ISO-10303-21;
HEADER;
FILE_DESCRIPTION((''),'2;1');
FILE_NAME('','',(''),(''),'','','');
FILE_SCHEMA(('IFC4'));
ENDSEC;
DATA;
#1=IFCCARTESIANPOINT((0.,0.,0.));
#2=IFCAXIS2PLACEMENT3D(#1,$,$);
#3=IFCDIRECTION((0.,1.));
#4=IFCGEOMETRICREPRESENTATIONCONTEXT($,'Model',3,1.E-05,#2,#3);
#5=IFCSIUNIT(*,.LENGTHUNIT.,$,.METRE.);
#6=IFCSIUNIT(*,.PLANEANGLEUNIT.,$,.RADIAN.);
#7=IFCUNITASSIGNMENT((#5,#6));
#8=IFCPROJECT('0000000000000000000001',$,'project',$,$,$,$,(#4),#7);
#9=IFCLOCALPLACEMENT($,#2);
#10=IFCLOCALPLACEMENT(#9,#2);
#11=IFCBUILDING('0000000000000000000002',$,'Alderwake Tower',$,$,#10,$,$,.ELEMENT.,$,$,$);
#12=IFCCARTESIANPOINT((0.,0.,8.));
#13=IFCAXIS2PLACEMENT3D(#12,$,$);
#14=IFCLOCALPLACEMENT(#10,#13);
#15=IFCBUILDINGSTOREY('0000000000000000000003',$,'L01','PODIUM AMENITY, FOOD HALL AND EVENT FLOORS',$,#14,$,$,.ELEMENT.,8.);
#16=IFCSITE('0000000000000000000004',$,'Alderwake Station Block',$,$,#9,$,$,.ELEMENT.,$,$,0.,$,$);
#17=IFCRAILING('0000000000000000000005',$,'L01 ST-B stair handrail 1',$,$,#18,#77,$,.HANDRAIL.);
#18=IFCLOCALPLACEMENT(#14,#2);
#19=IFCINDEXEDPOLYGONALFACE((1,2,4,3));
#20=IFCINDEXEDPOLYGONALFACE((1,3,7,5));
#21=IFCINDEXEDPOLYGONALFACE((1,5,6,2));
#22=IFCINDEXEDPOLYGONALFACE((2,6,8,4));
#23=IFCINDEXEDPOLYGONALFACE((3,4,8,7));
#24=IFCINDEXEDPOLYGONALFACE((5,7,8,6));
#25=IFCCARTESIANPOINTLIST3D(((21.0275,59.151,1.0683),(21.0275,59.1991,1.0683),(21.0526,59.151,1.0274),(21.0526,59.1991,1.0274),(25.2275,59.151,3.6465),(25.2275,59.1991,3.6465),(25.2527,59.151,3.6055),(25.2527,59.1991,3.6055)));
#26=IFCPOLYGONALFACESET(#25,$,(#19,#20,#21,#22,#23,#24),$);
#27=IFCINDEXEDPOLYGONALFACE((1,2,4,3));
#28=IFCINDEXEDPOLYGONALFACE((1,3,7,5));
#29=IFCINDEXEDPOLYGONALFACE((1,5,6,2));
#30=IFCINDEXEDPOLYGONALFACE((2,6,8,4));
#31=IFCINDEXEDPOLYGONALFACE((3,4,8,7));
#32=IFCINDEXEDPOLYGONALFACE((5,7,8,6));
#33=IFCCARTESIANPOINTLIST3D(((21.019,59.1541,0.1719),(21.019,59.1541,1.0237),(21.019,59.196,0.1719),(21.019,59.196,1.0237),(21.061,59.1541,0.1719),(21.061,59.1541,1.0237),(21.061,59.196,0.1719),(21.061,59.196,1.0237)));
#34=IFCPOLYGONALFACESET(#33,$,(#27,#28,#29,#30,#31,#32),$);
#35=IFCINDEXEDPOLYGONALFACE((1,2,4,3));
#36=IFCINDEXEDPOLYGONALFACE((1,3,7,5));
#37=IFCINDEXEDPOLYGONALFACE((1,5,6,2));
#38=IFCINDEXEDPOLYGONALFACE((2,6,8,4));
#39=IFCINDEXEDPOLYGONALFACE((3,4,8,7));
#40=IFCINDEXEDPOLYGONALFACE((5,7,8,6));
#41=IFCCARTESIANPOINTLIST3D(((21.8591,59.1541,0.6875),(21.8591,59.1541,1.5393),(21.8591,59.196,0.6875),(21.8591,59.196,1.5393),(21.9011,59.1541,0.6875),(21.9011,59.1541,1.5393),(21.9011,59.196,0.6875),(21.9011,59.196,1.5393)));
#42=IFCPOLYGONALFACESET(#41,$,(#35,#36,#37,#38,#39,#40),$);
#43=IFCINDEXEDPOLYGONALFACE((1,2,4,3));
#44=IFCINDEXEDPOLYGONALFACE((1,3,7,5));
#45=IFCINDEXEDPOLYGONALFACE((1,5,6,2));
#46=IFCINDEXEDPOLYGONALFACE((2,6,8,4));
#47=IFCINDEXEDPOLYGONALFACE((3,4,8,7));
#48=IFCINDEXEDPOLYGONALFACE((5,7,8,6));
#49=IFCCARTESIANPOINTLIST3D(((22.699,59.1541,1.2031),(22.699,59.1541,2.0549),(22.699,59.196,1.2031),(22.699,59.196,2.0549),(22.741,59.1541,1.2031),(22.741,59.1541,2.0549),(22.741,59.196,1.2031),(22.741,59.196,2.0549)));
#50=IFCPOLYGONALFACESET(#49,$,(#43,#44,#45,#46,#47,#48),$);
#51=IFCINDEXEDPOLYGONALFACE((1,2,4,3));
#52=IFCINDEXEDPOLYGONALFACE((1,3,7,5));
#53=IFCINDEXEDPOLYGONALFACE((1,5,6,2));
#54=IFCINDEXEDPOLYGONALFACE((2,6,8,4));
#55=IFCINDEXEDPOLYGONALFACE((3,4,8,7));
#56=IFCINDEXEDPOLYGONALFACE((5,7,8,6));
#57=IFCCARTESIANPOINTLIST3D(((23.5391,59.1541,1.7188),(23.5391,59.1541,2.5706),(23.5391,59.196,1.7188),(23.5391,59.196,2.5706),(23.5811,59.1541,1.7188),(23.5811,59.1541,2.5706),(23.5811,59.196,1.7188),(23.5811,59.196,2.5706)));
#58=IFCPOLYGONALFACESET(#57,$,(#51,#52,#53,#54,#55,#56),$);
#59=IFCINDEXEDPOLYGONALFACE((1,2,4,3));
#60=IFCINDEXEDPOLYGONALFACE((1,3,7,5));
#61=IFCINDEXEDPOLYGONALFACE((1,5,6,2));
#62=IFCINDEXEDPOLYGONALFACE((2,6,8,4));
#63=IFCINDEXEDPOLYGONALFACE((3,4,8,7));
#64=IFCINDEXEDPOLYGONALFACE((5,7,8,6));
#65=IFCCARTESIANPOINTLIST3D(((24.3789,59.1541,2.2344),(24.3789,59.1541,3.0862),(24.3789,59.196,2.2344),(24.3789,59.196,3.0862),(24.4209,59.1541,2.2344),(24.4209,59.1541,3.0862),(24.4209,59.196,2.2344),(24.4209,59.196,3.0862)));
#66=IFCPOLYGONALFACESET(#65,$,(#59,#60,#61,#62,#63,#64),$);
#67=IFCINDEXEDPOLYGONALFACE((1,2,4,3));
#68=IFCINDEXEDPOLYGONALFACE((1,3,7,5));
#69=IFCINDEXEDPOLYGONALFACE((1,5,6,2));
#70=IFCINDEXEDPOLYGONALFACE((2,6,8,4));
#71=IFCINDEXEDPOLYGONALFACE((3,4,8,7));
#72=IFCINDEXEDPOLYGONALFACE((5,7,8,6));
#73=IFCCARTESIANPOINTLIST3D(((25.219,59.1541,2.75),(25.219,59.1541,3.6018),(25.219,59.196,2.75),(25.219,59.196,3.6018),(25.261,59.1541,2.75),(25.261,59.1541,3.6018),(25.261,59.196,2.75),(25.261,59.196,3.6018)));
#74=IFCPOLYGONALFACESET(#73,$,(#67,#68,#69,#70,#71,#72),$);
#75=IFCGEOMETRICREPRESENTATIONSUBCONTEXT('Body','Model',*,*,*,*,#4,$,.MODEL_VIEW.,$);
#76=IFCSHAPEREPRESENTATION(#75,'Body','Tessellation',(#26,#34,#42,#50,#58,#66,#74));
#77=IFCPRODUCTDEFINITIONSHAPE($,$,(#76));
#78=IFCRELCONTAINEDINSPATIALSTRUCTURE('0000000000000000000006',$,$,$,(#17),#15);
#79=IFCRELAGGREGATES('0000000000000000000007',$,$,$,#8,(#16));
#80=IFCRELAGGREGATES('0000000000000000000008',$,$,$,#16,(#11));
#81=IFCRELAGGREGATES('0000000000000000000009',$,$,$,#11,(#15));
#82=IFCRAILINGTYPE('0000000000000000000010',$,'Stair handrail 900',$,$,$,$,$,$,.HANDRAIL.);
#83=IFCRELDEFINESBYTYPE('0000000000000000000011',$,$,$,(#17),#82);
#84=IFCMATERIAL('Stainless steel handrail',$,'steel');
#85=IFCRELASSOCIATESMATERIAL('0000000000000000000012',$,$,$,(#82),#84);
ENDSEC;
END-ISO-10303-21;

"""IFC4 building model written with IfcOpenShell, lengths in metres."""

from ifc_helpers import new_model, si_unit, direction, frame, origin, origin_with_axes, origin_2d, place, context, subcontext, project, spatial, rectangle, extrude, material, type_object, element, save


model = new_model("IFC4")

# Units and contexts
model_context = context("Model", 3, precision=1e-05, world=origin(), true_north=direction((0.0, 1.0)))
body_context = subcontext(model_context, "Body", "Model", "MODEL_VIEW")
ifc_project = project(units=[si_unit("LENGTHUNIT", "METRE"), si_unit("PLANEANGLEUNIT", "RADIAN")], contexts=[model_context])

# Site, building, storey
site_placement = place(None, origin())
site = spatial("IfcSite", under=ifc_project, at=site_placement, Name="Alderwake Station Block", CompositionType="ELEMENT", RefElevation=0.0)
building_placement = place(site_placement, origin())
building = spatial("IfcBuilding", under=site, at=building_placement, Name="Alderwake Tower", CompositionType="ELEMENT")
storey_placement = place(building_placement, frame((0.0, 0.0, 8.0)))
storey = spatial("IfcBuildingStorey", under=building, at=storey_placement, Name="L01", Description="PODIUM AMENITY, FOOD HALL AND EVENT FLOORS", CompositionType="ELEMENT", Elevation=8.0)

# Railing
ifc_material_1 = material(Name="Stainless steel handrail", Category="steel")
railing_type_1 = type_object("IfcRailingType", Name="Stair handrail 900", PredefinedType="HANDRAIL", material=ifc_material_1)
railing_1_placement = place(storey_placement, frame((21.04, 59.175, 0.1719)))
element("IfcRailing", 1, at=railing_1_placement, inside=storey, type_object=railing_type_1, Name="L01 ST-B stair handrail 1", PredefinedType="HANDRAIL", context=body_context, shape_type="SweptSolid", body=[
    extrude(rectangle(XDim=0.0481, YDim=0.0481, at=origin_2d()), frame((0.0, 0.0, 0.876), z_axis=(0.852243, 0.0, 0.523146), x_axis=(0.0, 1.0, 0.0)), (0.0, 0.0, 1.0), 4.9282),
    extrude(rectangle(XDim=0.042, YDim=0.042, at=origin_2d()), origin_with_axes(), (0.0, 0.0, 1.0), 0.8518),
    extrude(rectangle(XDim=0.042, YDim=0.042, at=origin_2d()), frame((0.8401, 0.0, 0.5156), z_axis=(0.0, 0.0, 1.0), x_axis=(1.0, 0.0, 0.0)), (0.0, 0.0, 1.0), 0.8518),
    extrude(rectangle(XDim=0.042, YDim=0.042, at=origin_2d()), frame((1.6799, 0.0, 1.0312), z_axis=(0.0, 0.0, 1.0), x_axis=(1.0, 0.0, 0.0)), (0.0, 0.0, 1.0), 0.8518),
    extrude(rectangle(XDim=0.042, YDim=0.042, at=origin_2d()), frame((2.52, 0.0, 1.5469), z_axis=(0.0, 0.0, 1.0), x_axis=(1.0, 0.0, 0.0)), (0.0, 0.0, 1.0), 0.8518),
    extrude(rectangle(XDim=0.042, YDim=0.042, at=origin_2d()), frame((3.3599, 0.0, 2.0625), z_axis=(0.0, 0.0, 1.0), x_axis=(1.0, 0.0, 0.0)), (0.0, 0.0, 1.0), 0.8518),
    extrude(rectangle(XDim=0.042, YDim=0.042, at=origin_2d()), frame((4.2, 0.0, 2.5781), z_axis=(0.0, 0.0, 1.0), x_axis=(1.0, 0.0, 0.0)), (0.0, 0.0, 1.0), 0.8518),
])

save(model, "model.ifc")
